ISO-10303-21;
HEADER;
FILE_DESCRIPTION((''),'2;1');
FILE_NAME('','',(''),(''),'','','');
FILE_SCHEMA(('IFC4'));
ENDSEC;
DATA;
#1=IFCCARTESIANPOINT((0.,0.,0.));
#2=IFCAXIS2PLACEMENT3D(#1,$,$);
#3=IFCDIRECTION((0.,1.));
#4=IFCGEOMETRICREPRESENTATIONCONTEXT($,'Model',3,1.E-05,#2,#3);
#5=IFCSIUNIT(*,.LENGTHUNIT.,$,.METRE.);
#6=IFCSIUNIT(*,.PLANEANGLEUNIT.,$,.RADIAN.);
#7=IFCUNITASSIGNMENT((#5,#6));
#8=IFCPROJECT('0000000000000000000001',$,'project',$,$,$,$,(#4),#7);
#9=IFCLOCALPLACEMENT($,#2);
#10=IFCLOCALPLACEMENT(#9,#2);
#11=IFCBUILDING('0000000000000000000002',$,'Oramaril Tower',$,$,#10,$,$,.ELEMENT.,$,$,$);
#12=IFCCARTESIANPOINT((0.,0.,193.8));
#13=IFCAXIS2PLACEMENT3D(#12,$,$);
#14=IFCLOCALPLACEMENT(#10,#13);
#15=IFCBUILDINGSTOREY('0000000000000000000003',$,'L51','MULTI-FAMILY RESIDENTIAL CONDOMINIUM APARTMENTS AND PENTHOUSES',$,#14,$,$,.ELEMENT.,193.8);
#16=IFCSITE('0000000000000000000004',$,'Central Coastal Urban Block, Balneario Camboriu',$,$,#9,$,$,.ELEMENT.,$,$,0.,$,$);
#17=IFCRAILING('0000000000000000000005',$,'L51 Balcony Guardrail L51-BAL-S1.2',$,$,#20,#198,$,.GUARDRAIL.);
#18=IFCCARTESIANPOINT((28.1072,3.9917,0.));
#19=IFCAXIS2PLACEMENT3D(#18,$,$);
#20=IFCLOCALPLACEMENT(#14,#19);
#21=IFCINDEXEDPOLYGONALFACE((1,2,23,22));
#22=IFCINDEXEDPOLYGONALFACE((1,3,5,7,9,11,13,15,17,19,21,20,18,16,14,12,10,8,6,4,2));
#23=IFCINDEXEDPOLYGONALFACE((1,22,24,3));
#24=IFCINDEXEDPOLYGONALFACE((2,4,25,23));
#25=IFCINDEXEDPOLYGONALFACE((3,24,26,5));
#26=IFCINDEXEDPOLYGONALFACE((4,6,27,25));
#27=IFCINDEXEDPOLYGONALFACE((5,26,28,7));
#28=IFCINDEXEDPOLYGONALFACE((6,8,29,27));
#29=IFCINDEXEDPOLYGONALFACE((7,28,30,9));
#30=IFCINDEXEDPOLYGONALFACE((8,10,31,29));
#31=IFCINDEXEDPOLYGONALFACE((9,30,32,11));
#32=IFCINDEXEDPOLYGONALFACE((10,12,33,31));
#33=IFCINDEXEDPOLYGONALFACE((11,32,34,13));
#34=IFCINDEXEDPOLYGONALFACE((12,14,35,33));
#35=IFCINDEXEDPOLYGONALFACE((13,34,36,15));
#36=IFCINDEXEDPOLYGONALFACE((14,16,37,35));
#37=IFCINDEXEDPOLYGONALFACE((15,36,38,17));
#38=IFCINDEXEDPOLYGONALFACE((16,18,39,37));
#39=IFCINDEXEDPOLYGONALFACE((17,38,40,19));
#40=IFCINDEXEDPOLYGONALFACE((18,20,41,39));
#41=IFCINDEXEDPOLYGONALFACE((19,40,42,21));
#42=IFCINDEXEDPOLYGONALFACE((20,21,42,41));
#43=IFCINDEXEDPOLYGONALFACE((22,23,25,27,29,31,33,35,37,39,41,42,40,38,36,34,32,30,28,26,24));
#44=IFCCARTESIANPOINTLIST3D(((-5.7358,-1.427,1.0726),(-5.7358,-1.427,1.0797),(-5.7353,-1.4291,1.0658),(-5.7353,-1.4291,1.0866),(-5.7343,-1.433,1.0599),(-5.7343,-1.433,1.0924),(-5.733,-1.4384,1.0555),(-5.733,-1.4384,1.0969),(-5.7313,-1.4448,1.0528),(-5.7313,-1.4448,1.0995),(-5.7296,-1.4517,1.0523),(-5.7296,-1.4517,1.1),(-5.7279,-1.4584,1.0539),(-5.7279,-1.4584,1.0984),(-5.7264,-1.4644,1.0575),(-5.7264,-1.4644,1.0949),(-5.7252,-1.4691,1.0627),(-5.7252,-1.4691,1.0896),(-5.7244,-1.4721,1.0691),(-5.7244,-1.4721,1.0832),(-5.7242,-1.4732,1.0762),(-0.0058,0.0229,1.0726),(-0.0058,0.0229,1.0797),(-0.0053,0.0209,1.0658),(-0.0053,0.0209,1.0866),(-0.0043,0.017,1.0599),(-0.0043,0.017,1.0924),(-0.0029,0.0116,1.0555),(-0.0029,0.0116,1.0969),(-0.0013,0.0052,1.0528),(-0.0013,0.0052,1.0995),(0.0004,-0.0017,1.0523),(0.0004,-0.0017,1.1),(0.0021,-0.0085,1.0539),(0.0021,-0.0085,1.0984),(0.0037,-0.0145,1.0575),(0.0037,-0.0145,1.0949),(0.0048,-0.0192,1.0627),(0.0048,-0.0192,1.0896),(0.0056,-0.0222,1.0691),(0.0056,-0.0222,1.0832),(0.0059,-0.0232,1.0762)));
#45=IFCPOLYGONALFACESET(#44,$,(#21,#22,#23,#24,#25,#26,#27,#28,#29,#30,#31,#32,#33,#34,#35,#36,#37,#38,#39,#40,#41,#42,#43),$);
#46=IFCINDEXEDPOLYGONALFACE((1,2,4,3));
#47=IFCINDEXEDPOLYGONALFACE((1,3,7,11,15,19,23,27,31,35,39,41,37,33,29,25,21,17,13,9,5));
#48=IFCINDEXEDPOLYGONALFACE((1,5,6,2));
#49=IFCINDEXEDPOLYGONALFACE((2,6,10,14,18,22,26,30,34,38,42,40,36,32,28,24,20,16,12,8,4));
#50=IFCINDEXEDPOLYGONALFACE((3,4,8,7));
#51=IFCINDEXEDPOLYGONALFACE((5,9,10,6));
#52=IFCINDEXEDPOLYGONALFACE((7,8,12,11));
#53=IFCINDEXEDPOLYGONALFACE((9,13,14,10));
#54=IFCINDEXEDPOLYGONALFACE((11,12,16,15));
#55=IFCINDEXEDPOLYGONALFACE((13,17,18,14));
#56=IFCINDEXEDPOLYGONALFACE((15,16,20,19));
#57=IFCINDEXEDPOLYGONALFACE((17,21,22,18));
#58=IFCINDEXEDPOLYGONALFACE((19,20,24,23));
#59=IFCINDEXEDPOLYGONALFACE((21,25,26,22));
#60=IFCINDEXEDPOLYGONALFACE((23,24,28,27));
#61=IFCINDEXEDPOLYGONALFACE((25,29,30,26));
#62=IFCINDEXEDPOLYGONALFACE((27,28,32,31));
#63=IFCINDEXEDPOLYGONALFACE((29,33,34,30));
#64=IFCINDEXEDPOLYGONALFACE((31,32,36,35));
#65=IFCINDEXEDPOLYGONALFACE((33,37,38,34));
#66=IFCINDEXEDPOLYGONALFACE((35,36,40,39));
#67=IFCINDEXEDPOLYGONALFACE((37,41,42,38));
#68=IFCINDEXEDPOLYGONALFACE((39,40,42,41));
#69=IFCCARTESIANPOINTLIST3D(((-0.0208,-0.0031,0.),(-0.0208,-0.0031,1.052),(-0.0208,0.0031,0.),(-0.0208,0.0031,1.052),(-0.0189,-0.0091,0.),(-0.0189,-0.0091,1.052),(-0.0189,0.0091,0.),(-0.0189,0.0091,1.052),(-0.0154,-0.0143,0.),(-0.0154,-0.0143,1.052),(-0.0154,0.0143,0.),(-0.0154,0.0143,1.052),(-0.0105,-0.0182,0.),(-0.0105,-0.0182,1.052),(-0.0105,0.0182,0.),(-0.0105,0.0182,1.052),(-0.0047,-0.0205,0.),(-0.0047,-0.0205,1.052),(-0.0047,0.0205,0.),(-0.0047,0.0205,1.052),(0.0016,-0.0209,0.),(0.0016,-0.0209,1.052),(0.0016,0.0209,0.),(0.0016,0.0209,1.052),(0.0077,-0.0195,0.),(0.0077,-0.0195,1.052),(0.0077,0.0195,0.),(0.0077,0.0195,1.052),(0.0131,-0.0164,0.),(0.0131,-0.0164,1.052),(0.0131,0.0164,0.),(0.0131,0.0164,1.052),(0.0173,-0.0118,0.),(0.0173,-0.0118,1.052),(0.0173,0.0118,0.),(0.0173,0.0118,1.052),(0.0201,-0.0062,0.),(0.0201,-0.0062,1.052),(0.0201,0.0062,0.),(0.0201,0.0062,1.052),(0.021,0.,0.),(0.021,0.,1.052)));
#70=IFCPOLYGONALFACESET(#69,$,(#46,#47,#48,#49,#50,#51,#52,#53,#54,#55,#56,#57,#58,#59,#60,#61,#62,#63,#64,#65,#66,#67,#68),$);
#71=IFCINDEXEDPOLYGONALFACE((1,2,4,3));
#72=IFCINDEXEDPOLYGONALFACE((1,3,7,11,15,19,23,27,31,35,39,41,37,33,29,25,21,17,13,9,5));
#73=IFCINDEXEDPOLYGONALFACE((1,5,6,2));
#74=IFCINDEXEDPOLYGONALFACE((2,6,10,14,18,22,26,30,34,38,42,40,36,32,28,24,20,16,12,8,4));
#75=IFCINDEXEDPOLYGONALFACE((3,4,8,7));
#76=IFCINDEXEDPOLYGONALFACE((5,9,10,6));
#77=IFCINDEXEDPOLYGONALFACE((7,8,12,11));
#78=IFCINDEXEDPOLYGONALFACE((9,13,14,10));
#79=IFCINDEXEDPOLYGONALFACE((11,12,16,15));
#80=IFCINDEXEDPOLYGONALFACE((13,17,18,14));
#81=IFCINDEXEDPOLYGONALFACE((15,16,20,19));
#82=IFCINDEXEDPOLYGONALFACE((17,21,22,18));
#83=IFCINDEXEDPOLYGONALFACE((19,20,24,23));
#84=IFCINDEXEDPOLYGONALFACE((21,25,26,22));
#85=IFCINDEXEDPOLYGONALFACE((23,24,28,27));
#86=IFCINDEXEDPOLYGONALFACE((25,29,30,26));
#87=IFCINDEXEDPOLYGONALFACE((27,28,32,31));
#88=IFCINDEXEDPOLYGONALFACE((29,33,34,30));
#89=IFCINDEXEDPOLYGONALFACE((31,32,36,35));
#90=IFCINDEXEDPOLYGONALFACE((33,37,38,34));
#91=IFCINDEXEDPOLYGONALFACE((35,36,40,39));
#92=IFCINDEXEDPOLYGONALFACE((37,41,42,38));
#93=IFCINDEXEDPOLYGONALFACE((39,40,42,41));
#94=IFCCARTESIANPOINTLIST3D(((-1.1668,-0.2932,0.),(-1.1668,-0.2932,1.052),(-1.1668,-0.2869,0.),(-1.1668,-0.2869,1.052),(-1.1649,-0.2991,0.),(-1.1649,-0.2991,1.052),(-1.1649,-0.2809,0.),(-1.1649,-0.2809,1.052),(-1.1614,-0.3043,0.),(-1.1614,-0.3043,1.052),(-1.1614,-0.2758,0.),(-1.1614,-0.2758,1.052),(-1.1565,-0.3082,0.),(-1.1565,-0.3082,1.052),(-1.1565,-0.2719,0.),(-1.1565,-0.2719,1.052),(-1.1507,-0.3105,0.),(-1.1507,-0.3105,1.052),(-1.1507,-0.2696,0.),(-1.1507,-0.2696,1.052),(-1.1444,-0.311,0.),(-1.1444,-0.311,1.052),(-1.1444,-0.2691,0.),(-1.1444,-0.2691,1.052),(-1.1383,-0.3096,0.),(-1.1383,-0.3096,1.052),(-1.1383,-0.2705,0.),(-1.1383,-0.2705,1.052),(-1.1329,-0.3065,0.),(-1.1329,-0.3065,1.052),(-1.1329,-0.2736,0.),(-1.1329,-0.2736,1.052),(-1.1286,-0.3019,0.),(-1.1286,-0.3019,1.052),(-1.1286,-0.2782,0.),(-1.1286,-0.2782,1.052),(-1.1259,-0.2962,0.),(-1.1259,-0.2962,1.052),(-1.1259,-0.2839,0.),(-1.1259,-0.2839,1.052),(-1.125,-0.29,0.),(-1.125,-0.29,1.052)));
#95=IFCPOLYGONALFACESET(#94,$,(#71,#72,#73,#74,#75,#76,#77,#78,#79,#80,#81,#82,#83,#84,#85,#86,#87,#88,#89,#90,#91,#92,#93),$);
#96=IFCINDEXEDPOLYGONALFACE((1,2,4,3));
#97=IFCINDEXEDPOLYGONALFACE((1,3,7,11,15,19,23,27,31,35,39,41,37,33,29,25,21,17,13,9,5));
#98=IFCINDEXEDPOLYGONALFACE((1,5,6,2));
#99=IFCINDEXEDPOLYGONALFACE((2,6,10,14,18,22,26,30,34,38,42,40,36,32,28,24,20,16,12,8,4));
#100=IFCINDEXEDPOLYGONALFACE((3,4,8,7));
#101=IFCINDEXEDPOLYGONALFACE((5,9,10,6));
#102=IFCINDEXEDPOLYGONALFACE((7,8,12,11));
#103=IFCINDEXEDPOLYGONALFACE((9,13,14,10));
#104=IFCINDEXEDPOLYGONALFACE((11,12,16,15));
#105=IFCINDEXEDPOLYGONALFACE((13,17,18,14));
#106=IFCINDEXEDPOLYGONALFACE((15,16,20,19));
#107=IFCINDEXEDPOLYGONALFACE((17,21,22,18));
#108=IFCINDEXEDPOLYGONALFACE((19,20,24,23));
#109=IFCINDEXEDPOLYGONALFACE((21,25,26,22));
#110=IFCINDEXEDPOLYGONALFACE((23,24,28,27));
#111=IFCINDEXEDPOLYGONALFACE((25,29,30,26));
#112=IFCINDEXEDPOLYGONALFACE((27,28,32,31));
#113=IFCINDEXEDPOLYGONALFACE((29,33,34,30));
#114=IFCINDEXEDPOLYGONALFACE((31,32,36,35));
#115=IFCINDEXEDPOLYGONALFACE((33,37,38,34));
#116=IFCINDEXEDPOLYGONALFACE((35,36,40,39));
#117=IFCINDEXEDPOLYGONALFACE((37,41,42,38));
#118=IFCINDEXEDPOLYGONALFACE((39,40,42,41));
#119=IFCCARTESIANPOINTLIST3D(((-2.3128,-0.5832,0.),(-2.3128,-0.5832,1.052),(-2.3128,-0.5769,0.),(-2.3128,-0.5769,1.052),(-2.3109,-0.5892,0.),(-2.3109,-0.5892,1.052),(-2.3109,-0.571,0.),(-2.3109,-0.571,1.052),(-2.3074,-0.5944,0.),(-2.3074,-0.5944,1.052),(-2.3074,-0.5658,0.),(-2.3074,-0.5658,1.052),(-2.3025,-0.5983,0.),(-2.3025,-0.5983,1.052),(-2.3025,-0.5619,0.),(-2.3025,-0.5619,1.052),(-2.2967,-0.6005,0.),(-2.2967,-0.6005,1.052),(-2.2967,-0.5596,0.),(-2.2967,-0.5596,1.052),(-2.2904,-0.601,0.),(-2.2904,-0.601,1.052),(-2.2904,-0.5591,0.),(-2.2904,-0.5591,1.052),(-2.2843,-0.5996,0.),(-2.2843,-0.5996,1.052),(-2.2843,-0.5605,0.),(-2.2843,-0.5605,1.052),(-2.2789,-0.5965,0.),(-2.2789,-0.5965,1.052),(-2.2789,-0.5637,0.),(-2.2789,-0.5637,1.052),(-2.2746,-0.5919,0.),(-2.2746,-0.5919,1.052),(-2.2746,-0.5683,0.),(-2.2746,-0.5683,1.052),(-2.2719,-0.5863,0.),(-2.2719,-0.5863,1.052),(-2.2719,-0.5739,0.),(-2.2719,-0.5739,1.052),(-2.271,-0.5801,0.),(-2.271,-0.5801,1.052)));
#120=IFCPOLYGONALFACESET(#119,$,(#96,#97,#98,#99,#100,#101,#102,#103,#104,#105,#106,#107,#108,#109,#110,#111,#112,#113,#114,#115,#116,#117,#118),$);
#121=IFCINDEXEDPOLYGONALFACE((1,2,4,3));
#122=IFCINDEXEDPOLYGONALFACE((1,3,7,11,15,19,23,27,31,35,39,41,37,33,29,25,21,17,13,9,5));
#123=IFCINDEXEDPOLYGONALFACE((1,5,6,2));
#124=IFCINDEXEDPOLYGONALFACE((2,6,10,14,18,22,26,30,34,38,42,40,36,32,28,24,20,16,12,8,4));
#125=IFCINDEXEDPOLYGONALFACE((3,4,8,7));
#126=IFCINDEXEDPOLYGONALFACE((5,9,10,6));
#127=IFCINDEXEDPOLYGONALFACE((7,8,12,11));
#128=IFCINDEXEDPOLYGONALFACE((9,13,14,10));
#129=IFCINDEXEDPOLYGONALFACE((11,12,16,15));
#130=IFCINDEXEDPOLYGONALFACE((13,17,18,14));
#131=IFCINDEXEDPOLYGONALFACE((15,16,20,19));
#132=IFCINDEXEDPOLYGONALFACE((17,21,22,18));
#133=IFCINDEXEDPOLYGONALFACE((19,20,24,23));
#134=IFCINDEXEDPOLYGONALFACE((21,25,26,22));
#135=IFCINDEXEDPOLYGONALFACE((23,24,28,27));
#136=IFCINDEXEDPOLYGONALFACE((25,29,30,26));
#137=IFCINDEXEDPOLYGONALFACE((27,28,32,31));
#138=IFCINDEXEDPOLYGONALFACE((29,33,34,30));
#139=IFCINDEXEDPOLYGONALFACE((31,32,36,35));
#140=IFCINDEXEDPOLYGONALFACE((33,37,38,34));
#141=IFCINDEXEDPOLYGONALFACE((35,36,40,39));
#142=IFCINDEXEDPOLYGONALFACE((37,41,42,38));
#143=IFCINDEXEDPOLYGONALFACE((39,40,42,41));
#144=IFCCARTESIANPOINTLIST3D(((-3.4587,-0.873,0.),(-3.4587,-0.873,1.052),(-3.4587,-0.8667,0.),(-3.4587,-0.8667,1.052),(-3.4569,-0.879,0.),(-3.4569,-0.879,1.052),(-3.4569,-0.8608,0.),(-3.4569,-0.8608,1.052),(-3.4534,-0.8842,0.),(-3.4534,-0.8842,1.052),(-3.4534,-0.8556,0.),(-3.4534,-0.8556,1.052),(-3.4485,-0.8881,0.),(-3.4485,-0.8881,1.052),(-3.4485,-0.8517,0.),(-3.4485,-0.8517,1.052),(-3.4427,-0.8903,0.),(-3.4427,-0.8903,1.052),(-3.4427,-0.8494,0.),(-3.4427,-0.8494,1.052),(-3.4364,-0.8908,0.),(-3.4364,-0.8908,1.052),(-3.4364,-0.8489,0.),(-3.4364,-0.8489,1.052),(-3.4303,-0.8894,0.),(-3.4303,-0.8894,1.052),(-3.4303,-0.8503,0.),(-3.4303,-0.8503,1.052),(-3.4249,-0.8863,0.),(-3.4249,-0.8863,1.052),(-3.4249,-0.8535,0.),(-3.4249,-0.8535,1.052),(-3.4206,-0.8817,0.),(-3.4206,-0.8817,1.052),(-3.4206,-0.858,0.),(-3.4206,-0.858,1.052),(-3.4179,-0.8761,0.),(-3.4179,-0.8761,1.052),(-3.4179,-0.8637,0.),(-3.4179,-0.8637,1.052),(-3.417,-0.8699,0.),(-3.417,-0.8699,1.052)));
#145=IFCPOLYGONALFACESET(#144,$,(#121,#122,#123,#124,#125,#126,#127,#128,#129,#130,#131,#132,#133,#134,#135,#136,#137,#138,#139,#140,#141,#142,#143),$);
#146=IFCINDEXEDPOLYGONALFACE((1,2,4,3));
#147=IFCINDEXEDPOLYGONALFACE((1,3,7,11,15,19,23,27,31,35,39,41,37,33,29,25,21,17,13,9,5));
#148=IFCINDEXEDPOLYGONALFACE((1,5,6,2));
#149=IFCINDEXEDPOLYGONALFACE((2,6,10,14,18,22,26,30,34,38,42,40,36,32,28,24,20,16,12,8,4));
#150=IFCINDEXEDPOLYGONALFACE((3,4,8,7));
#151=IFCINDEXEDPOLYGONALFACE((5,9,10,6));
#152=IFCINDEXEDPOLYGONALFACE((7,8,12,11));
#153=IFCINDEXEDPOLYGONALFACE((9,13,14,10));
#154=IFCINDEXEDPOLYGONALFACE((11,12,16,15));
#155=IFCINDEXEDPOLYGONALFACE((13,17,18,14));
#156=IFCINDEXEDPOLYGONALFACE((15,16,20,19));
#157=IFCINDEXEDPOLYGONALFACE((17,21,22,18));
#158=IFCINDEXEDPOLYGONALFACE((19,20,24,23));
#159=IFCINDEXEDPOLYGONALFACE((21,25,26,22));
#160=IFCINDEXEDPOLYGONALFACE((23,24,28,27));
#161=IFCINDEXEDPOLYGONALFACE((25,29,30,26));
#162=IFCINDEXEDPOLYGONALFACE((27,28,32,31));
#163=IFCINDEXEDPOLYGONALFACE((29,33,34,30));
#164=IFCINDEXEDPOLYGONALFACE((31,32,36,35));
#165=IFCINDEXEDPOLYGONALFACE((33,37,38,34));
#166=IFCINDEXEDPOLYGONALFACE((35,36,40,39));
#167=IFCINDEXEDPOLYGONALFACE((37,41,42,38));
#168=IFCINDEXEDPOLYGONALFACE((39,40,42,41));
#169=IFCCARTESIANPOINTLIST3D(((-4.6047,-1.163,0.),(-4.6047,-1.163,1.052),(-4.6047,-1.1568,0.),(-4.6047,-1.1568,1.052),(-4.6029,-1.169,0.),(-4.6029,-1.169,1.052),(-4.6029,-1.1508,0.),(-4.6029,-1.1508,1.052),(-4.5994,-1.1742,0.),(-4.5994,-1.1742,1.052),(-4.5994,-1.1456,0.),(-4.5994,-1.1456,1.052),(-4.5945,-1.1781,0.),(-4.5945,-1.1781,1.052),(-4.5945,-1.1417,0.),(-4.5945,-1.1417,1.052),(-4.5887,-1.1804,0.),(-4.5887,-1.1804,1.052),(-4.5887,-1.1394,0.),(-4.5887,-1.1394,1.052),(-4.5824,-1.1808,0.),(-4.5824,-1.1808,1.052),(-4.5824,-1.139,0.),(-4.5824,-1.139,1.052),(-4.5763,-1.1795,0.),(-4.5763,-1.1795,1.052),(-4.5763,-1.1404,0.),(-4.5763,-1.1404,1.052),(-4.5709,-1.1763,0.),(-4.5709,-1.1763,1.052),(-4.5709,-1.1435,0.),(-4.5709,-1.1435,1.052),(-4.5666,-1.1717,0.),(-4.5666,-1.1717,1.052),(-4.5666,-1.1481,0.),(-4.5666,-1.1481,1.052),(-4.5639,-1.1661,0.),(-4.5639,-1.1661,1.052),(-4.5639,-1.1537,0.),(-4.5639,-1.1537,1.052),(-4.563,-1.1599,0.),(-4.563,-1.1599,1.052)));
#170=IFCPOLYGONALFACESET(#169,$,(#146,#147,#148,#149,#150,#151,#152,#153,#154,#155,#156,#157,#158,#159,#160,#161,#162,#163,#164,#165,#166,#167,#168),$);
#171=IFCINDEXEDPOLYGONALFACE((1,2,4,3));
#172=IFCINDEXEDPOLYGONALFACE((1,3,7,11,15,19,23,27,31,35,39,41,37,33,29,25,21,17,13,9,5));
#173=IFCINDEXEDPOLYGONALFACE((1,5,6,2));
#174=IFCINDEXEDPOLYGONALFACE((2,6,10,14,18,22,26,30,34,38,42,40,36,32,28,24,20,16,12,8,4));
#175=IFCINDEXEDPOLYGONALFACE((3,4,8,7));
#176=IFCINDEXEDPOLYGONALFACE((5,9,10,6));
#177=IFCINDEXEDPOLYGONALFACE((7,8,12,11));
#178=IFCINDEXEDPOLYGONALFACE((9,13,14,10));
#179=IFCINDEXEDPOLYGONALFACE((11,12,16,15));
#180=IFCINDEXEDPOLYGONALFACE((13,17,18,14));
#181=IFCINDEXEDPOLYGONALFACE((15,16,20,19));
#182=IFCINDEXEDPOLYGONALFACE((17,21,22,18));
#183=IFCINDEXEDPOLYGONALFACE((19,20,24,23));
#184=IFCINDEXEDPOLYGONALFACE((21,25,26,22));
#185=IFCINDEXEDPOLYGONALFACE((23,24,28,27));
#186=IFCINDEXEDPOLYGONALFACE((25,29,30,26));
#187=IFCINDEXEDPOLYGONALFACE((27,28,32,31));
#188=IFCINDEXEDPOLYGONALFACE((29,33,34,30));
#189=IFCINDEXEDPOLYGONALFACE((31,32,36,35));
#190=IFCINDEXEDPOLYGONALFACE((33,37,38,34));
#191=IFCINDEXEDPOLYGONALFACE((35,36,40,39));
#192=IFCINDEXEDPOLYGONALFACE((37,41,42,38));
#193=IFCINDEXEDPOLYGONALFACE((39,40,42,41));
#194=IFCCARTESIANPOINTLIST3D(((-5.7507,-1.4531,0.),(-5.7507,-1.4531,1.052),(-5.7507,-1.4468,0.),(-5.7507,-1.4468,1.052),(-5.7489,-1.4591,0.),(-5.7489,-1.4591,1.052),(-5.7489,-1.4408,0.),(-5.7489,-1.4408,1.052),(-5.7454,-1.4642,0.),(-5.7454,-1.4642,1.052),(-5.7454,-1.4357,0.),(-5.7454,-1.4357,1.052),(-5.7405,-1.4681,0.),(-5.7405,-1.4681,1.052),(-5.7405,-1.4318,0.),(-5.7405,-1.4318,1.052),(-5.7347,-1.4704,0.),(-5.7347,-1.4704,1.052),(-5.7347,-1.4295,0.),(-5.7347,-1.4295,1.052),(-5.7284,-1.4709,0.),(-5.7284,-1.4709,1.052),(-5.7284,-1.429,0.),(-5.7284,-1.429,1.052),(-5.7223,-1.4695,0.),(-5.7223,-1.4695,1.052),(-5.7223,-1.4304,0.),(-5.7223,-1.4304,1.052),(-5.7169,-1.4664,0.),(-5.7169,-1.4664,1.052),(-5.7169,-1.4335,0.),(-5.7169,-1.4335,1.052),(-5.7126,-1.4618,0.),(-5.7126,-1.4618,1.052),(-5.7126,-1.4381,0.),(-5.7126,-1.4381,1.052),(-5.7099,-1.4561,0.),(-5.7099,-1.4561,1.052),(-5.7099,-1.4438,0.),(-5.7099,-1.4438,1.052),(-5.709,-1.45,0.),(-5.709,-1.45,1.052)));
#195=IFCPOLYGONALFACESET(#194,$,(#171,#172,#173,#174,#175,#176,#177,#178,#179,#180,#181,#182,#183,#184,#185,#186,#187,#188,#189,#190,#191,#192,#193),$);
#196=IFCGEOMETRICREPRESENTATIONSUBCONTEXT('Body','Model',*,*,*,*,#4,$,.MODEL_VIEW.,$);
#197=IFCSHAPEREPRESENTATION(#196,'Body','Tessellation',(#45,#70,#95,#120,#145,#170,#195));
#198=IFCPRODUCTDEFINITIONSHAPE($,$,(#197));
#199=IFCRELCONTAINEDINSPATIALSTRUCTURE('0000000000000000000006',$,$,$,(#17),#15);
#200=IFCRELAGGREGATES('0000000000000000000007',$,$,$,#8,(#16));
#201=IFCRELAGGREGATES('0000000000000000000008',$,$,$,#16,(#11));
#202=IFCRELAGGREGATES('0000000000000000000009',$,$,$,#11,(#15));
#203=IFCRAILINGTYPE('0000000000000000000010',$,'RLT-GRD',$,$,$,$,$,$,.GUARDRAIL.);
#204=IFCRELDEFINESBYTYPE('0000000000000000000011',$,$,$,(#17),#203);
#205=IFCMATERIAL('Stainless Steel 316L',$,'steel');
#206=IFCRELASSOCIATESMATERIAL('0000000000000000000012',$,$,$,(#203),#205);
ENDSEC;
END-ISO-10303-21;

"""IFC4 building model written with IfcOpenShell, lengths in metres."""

from ifc_helpers import new_model, si_unit, direction, frame, origin, origin_2d, place, context, subcontext, project, spatial, circle, extrude, material, type_object, element, save


model = new_model("IFC4")

# Units and contexts
model_context = context("Model", 3, precision=1e-05, world=origin(), true_north=direction((0.0, 1.0)))
body_context = subcontext(model_context, "Body", "Model", "MODEL_VIEW")
ifc_project = project(units=[si_unit("LENGTHUNIT", "METRE"), si_unit("PLANEANGLEUNIT", "RADIAN")], contexts=[model_context])

# Site, building, storey
site_placement = place(None, origin())
site = spatial("IfcSite", under=ifc_project, at=site_placement, Name="Central Coastal Urban Block, Balneario Camboriu", CompositionType="ELEMENT", RefElevation=0.0)
building_placement = place(site_placement, origin())
building = spatial("IfcBuilding", under=site, at=building_placement, Name="Oramaril Tower", CompositionType="ELEMENT")
storey_placement = place(building_placement, frame((0.0, 0.0, 193.8)))
storey = spatial("IfcBuildingStorey", under=building, at=storey_placement, Name="L51", Description="MULTI-FAMILY RESIDENTIAL CONDOMINIUM APARTMENTS AND PENTHOUSES", CompositionType="ELEMENT", Elevation=193.8)

# Railing
ifc_material_1 = material(Name="Stainless Steel 316L", Category="steel")
railing_type = type_object("IfcRailingType", Name="RLT-GRD", PredefinedType="GUARDRAIL", material=ifc_material_1)
railing_1_placement = place(storey_placement, frame((28.1072, 3.9917, 0.0)))
element("IfcRailing", 1, at=railing_1_placement, inside=storey, type_object=railing_type, Name="L51 Balcony Guardrail L51-BAL-S1.2", PredefinedType="GUARDRAIL", context=body_context, shape_type="SweptSolid", body=[
    extrude(circle(Radius=0.0239, at=origin_2d()), frame((0.0, 0.0, 1.0762), z_axis=(-0.969444, -0.245314, 0.0), x_axis=(0.245314, -0.969444, 0.0)), (0.0, 0.0, 1.0), 5.9106),
    extrude(circle(Radius=0.021, at=origin_2d()), origin(), (0.0, 0.0, 1.0), 1.052),
    extrude(circle(Radius=0.021, at=origin_2d()), frame((-1.146, -0.29, 0.0)), (0.0, 0.0, 1.0), 1.052),
    extrude(circle(Radius=0.021, at=origin_2d()), frame((-2.292, -0.5801, 0.0)), (0.0, 0.0, 1.0), 1.052),
    extrude(circle(Radius=0.021, at=origin_2d()), frame((-3.438, -0.8699, 0.0)), (0.0, 0.0, 1.0), 1.052),
    extrude(circle(Radius=0.021, at=origin_2d()), frame((-4.584, -1.1599, 0.0)), (0.0, 0.0, 1.0), 1.052),
    extrude(circle(Radius=0.021, at=origin_2d()), frame((-5.73, -1.45, 0.0)), (0.0, 0.0, 1.0), 1.052),
])

save(model, "model.ifc")
